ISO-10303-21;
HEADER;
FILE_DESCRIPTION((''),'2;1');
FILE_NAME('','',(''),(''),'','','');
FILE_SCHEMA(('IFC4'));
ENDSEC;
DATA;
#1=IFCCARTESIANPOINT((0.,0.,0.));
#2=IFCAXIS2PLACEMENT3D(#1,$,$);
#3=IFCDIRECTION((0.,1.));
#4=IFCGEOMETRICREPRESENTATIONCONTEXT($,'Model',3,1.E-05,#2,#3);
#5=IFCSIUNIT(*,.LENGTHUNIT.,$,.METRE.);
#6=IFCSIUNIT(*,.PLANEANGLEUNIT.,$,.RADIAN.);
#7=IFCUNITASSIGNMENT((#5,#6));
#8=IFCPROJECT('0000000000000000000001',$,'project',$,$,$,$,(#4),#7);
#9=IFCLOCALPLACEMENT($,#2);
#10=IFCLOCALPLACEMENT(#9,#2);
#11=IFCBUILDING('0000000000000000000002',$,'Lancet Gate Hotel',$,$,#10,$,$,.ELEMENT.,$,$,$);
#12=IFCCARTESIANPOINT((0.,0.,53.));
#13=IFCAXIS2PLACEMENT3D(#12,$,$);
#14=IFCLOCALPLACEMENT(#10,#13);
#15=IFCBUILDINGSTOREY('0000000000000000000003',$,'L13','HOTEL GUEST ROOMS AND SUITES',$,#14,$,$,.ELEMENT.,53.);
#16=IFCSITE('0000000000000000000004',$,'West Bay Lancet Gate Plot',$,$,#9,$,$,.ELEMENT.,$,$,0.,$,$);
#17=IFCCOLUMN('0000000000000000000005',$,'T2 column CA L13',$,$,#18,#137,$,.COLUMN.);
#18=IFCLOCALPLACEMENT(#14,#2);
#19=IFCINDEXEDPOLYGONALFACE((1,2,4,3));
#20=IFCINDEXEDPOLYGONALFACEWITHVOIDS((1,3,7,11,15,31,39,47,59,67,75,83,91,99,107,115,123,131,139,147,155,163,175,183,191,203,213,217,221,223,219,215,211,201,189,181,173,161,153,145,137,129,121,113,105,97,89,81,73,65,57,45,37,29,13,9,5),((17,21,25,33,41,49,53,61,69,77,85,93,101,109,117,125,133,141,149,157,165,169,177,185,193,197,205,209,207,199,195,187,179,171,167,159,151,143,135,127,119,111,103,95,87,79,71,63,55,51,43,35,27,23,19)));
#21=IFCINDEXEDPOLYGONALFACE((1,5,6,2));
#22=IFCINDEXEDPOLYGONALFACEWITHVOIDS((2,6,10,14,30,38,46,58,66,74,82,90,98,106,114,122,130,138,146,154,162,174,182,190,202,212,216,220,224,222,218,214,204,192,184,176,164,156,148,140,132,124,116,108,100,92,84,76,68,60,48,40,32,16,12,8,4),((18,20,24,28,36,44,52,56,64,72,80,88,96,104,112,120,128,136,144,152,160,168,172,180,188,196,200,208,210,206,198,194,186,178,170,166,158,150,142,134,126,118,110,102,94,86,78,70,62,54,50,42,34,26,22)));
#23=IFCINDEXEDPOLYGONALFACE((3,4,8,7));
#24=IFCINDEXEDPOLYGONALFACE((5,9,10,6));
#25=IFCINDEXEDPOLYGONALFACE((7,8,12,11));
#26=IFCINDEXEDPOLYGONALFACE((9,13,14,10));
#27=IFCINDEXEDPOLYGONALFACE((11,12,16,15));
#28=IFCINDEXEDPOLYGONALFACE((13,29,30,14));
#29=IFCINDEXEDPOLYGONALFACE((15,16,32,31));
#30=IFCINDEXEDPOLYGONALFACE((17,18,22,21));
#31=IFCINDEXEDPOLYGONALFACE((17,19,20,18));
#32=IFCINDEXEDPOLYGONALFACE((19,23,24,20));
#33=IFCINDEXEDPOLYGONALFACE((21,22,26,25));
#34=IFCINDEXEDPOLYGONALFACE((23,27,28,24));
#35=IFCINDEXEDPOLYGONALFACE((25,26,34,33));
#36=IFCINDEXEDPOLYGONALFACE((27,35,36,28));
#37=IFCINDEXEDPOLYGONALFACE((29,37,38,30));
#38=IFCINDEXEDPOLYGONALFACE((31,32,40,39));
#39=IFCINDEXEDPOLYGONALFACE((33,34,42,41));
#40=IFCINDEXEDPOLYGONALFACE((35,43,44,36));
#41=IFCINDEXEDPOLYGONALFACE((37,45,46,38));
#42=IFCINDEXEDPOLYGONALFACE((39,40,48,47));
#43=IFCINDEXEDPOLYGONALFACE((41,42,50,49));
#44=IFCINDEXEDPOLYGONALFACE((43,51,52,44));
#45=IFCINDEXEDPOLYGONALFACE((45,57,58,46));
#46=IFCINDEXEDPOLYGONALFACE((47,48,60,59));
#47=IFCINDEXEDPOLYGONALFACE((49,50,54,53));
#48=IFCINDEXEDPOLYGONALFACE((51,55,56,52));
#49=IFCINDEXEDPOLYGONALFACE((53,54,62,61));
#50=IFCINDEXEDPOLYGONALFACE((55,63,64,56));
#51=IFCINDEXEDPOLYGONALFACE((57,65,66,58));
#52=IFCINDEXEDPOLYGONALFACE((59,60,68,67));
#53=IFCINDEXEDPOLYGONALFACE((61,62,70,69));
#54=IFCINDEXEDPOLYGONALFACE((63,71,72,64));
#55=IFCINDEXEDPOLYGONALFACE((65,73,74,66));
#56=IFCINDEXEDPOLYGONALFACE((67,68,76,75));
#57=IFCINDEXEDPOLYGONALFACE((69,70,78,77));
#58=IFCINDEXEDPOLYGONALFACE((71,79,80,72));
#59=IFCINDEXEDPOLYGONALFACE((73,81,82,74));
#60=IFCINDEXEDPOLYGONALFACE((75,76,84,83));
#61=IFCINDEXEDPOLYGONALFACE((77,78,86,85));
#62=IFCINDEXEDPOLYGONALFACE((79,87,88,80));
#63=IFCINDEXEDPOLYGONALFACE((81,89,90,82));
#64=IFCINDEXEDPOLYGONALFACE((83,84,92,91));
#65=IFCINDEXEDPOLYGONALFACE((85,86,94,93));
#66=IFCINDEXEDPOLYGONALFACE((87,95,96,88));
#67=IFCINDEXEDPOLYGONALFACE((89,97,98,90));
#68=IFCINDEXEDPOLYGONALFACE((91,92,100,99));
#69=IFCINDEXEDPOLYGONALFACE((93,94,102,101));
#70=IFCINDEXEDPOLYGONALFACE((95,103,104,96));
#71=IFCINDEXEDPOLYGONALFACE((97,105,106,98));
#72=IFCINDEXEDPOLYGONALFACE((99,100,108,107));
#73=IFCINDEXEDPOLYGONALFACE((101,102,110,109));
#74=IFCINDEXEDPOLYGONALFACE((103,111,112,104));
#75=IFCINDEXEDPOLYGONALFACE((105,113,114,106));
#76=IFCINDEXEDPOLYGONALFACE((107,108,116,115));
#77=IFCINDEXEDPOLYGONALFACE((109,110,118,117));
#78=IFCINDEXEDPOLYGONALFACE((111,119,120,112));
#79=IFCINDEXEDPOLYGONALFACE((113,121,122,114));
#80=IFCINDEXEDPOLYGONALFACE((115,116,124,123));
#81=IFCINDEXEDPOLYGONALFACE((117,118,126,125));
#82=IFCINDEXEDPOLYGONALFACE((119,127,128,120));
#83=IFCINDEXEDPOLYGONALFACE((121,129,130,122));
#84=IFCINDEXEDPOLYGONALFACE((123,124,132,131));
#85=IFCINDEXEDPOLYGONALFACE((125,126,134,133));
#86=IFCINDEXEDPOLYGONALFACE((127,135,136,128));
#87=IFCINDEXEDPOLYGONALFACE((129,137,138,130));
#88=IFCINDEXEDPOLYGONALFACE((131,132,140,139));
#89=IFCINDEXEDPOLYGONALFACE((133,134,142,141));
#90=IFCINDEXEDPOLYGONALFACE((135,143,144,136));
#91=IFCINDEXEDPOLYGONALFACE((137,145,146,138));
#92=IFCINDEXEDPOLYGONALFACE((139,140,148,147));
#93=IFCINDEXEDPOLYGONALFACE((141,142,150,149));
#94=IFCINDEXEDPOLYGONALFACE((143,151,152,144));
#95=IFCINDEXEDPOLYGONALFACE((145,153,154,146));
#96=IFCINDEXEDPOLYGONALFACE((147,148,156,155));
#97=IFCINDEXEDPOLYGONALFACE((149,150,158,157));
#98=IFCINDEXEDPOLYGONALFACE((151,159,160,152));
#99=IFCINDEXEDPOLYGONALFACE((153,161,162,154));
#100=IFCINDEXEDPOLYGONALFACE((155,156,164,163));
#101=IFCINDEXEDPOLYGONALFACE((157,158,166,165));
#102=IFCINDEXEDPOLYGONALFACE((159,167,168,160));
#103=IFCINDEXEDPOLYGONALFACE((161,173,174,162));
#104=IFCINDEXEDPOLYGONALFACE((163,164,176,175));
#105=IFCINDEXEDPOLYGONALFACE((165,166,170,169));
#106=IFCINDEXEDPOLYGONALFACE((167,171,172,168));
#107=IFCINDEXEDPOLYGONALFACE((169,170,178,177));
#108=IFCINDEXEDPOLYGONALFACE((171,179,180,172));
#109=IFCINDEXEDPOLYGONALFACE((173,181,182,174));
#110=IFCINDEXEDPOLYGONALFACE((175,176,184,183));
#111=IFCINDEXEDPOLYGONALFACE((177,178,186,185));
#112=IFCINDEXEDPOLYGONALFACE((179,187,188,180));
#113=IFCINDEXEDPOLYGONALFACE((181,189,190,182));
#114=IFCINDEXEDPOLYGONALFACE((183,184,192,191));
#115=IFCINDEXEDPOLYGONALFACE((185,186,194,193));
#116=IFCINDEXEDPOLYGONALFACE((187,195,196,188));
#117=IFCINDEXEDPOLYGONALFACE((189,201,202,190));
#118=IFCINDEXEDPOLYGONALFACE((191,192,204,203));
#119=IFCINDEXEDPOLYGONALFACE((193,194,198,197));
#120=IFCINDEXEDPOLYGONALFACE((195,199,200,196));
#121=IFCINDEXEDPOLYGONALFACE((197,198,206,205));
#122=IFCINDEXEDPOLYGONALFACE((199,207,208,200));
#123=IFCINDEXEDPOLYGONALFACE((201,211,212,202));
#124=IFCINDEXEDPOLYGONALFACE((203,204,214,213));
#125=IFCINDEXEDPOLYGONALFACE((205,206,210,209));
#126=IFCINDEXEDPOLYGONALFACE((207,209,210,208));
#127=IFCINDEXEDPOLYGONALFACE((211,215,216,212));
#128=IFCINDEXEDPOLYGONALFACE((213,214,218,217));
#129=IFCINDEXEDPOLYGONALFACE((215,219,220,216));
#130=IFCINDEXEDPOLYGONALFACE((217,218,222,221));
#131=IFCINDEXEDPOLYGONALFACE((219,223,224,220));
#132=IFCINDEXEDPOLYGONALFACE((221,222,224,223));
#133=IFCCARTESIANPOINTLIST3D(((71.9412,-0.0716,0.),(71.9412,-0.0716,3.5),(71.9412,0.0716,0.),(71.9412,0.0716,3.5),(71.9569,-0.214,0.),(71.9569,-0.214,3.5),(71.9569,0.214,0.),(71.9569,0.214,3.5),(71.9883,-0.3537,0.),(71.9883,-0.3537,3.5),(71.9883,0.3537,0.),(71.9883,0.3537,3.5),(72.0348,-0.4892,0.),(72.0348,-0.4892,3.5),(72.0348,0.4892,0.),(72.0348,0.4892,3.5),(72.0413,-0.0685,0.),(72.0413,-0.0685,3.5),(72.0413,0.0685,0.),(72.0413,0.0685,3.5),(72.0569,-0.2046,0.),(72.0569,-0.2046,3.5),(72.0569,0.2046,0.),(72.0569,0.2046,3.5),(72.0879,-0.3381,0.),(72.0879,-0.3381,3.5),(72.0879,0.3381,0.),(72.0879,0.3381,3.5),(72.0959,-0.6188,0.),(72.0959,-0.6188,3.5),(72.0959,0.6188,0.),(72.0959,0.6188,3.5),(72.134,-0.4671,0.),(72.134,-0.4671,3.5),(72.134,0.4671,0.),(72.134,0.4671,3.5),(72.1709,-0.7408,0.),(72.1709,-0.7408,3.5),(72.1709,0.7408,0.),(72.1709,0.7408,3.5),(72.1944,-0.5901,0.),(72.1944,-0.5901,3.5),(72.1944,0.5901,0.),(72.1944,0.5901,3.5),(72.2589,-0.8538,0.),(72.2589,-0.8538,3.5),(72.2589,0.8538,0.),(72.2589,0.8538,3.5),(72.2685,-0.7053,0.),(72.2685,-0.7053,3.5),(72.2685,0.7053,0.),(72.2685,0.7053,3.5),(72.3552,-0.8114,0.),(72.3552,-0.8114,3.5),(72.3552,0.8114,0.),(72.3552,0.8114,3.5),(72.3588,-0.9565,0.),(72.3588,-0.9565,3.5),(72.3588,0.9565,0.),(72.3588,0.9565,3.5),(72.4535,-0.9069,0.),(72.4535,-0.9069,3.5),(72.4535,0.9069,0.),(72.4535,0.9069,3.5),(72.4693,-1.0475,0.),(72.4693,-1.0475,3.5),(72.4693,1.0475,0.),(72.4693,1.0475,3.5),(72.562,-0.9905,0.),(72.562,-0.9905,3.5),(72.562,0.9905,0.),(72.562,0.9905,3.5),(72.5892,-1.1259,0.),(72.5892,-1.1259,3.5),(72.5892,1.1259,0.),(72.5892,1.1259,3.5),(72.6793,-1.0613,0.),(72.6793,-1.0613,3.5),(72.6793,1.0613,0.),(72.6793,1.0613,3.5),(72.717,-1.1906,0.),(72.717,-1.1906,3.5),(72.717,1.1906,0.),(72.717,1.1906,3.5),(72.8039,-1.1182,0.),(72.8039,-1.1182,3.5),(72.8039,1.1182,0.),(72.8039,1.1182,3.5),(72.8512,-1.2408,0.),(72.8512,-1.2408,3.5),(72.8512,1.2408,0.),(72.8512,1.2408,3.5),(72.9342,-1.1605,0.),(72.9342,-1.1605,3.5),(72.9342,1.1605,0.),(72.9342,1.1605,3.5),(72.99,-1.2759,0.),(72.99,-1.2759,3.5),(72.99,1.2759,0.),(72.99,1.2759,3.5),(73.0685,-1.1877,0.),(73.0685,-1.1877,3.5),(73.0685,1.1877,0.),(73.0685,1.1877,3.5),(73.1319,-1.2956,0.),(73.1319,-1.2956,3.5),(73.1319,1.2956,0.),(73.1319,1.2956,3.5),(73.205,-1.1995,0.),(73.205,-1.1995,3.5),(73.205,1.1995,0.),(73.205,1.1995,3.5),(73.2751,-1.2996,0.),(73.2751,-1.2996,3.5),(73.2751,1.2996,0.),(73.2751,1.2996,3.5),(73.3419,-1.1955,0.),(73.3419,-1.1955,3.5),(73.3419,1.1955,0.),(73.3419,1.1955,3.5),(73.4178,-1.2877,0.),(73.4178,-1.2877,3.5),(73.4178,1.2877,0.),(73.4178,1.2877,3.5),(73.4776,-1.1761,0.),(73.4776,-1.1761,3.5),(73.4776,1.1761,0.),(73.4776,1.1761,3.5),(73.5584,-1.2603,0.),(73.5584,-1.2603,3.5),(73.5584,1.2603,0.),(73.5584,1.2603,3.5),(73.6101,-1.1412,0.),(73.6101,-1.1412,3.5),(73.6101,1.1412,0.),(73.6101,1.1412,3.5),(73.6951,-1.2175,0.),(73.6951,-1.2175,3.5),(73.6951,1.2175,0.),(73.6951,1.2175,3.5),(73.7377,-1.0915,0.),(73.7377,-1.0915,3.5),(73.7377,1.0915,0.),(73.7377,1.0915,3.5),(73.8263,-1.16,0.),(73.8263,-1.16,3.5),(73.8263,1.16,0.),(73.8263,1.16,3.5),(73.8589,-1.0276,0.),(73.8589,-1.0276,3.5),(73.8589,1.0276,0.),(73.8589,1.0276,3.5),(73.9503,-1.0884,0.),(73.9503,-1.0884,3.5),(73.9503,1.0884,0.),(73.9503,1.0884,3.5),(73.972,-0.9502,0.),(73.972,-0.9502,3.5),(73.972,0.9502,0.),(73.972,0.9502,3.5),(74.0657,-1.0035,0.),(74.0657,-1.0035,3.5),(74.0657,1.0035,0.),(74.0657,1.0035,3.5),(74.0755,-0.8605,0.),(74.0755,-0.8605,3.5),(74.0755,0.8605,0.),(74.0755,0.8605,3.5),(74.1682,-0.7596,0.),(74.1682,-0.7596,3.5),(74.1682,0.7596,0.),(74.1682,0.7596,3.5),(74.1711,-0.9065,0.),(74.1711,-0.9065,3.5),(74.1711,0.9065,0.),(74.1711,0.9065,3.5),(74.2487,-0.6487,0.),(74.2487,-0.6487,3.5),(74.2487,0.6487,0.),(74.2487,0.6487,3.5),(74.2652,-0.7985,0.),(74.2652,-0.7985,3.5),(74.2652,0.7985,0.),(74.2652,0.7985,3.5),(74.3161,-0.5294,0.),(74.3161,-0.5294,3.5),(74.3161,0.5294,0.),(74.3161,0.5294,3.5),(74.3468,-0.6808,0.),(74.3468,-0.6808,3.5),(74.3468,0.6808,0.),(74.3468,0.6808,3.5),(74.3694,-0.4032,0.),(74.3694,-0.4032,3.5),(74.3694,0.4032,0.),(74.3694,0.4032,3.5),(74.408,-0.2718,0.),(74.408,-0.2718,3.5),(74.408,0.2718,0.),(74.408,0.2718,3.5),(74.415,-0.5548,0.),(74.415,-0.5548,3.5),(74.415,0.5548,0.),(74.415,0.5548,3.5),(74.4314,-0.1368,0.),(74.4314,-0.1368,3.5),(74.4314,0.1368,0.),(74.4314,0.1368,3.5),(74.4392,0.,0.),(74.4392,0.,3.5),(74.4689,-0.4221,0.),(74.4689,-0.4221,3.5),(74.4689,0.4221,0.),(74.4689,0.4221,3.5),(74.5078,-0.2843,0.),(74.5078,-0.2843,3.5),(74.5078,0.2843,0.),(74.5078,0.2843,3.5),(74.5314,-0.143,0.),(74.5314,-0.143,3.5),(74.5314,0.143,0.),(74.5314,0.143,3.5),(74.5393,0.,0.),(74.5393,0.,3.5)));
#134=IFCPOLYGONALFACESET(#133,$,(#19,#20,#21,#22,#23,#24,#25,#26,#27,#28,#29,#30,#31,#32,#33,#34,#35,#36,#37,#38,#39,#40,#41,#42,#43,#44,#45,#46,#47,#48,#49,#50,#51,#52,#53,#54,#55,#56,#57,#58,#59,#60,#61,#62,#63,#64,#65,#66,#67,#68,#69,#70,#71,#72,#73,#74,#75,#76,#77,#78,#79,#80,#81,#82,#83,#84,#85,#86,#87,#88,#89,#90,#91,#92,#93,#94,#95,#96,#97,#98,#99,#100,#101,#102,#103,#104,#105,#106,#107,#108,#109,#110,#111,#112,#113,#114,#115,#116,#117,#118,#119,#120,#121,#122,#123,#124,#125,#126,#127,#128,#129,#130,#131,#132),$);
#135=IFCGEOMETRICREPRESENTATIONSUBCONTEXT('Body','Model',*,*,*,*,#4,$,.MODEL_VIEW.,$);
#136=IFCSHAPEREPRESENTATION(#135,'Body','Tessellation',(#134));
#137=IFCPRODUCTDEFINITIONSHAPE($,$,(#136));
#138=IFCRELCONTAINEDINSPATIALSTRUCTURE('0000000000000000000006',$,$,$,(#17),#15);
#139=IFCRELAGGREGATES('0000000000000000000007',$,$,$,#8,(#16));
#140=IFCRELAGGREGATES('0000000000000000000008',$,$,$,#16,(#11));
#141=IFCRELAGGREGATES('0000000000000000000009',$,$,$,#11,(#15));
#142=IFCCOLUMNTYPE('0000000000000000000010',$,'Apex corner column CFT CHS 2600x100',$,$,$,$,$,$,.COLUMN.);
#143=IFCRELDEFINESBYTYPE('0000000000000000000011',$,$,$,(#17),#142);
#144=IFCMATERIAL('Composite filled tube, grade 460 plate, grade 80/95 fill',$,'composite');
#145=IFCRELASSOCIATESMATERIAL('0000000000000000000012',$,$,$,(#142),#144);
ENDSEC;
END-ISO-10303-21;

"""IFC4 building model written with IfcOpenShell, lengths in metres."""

from ifc_helpers import new_model, si_unit, direction, frame, origin, origin_2d, place, context, subcontext, project, spatial, hollow_circle, extrude, material, material_profile, profile_set, type_object, element, save


model = new_model("IFC4")

# Units and contexts
model_context = context("Model", 3, precision=1e-05, world=origin(), true_north=direction((0.0, 1.0)))
body_context = subcontext(model_context, "Body", "Model", "MODEL_VIEW")
ifc_project = project(units=[si_unit("LENGTHUNIT", "METRE"), si_unit("PLANEANGLEUNIT", "RADIAN")], contexts=[model_context])

# Site, building, storey
site_placement = place(None, origin())
site = spatial("IfcSite", under=ifc_project, at=site_placement, Name="West Bay Lancet Gate Plot", CompositionType="ELEMENT", RefElevation=0.0)
building_placement = place(site_placement, origin())
building = spatial("IfcBuilding", under=site, at=building_placement, Name="Lancet Gate Hotel", CompositionType="ELEMENT")
storey_placement = place(building_placement, frame((0.0, 0.0, 53.0)))
storey = spatial("IfcBuildingStorey", under=building, at=storey_placement, Name="L13", Description="HOTEL GUEST ROOMS AND SUITES", CompositionType="ELEMENT", Elevation=53.0)

# Column
ifc_material_1 = material(Name="Composite filled tube, grade 460 plate, grade 80/95 fill", Category="composite")
ifc_material_profile_1 = material_profile(ifc_material_1, hollow_circle(Radius=1.3, WallThickness=0.1001, at=origin_2d()), Name="CHS 2600x100")
ifc_profile_set_1 = profile_set([ifc_material_profile_1], Name="Composite filled tube, grade 460 plate, grade 80/95 fill")
column_type_1 = type_object("IfcColumnType", Name="Apex corner column CFT CHS 2600x100", PredefinedType="COLUMN", material=ifc_profile_set_1)
column_1_placement = place(storey_placement, frame((73.2393, 0.0, 0.0), z_axis=(0.0, 0.0, 1.0), x_axis=(1.0, 0.0, 0.0)))
element("IfcColumn", 1, at=column_1_placement, inside=storey, type_object=column_type_1, Name="T2 column CA L13", PredefinedType="COLUMN", context=body_context, shape_type="SweptSolid", body=[
    extrude(hollow_circle(Radius=1.3, WallThickness=0.1001, at=origin_2d()), origin(), (0.0, 0.0, 1.0), 3.5),
])

save(model, "model.ifc")
